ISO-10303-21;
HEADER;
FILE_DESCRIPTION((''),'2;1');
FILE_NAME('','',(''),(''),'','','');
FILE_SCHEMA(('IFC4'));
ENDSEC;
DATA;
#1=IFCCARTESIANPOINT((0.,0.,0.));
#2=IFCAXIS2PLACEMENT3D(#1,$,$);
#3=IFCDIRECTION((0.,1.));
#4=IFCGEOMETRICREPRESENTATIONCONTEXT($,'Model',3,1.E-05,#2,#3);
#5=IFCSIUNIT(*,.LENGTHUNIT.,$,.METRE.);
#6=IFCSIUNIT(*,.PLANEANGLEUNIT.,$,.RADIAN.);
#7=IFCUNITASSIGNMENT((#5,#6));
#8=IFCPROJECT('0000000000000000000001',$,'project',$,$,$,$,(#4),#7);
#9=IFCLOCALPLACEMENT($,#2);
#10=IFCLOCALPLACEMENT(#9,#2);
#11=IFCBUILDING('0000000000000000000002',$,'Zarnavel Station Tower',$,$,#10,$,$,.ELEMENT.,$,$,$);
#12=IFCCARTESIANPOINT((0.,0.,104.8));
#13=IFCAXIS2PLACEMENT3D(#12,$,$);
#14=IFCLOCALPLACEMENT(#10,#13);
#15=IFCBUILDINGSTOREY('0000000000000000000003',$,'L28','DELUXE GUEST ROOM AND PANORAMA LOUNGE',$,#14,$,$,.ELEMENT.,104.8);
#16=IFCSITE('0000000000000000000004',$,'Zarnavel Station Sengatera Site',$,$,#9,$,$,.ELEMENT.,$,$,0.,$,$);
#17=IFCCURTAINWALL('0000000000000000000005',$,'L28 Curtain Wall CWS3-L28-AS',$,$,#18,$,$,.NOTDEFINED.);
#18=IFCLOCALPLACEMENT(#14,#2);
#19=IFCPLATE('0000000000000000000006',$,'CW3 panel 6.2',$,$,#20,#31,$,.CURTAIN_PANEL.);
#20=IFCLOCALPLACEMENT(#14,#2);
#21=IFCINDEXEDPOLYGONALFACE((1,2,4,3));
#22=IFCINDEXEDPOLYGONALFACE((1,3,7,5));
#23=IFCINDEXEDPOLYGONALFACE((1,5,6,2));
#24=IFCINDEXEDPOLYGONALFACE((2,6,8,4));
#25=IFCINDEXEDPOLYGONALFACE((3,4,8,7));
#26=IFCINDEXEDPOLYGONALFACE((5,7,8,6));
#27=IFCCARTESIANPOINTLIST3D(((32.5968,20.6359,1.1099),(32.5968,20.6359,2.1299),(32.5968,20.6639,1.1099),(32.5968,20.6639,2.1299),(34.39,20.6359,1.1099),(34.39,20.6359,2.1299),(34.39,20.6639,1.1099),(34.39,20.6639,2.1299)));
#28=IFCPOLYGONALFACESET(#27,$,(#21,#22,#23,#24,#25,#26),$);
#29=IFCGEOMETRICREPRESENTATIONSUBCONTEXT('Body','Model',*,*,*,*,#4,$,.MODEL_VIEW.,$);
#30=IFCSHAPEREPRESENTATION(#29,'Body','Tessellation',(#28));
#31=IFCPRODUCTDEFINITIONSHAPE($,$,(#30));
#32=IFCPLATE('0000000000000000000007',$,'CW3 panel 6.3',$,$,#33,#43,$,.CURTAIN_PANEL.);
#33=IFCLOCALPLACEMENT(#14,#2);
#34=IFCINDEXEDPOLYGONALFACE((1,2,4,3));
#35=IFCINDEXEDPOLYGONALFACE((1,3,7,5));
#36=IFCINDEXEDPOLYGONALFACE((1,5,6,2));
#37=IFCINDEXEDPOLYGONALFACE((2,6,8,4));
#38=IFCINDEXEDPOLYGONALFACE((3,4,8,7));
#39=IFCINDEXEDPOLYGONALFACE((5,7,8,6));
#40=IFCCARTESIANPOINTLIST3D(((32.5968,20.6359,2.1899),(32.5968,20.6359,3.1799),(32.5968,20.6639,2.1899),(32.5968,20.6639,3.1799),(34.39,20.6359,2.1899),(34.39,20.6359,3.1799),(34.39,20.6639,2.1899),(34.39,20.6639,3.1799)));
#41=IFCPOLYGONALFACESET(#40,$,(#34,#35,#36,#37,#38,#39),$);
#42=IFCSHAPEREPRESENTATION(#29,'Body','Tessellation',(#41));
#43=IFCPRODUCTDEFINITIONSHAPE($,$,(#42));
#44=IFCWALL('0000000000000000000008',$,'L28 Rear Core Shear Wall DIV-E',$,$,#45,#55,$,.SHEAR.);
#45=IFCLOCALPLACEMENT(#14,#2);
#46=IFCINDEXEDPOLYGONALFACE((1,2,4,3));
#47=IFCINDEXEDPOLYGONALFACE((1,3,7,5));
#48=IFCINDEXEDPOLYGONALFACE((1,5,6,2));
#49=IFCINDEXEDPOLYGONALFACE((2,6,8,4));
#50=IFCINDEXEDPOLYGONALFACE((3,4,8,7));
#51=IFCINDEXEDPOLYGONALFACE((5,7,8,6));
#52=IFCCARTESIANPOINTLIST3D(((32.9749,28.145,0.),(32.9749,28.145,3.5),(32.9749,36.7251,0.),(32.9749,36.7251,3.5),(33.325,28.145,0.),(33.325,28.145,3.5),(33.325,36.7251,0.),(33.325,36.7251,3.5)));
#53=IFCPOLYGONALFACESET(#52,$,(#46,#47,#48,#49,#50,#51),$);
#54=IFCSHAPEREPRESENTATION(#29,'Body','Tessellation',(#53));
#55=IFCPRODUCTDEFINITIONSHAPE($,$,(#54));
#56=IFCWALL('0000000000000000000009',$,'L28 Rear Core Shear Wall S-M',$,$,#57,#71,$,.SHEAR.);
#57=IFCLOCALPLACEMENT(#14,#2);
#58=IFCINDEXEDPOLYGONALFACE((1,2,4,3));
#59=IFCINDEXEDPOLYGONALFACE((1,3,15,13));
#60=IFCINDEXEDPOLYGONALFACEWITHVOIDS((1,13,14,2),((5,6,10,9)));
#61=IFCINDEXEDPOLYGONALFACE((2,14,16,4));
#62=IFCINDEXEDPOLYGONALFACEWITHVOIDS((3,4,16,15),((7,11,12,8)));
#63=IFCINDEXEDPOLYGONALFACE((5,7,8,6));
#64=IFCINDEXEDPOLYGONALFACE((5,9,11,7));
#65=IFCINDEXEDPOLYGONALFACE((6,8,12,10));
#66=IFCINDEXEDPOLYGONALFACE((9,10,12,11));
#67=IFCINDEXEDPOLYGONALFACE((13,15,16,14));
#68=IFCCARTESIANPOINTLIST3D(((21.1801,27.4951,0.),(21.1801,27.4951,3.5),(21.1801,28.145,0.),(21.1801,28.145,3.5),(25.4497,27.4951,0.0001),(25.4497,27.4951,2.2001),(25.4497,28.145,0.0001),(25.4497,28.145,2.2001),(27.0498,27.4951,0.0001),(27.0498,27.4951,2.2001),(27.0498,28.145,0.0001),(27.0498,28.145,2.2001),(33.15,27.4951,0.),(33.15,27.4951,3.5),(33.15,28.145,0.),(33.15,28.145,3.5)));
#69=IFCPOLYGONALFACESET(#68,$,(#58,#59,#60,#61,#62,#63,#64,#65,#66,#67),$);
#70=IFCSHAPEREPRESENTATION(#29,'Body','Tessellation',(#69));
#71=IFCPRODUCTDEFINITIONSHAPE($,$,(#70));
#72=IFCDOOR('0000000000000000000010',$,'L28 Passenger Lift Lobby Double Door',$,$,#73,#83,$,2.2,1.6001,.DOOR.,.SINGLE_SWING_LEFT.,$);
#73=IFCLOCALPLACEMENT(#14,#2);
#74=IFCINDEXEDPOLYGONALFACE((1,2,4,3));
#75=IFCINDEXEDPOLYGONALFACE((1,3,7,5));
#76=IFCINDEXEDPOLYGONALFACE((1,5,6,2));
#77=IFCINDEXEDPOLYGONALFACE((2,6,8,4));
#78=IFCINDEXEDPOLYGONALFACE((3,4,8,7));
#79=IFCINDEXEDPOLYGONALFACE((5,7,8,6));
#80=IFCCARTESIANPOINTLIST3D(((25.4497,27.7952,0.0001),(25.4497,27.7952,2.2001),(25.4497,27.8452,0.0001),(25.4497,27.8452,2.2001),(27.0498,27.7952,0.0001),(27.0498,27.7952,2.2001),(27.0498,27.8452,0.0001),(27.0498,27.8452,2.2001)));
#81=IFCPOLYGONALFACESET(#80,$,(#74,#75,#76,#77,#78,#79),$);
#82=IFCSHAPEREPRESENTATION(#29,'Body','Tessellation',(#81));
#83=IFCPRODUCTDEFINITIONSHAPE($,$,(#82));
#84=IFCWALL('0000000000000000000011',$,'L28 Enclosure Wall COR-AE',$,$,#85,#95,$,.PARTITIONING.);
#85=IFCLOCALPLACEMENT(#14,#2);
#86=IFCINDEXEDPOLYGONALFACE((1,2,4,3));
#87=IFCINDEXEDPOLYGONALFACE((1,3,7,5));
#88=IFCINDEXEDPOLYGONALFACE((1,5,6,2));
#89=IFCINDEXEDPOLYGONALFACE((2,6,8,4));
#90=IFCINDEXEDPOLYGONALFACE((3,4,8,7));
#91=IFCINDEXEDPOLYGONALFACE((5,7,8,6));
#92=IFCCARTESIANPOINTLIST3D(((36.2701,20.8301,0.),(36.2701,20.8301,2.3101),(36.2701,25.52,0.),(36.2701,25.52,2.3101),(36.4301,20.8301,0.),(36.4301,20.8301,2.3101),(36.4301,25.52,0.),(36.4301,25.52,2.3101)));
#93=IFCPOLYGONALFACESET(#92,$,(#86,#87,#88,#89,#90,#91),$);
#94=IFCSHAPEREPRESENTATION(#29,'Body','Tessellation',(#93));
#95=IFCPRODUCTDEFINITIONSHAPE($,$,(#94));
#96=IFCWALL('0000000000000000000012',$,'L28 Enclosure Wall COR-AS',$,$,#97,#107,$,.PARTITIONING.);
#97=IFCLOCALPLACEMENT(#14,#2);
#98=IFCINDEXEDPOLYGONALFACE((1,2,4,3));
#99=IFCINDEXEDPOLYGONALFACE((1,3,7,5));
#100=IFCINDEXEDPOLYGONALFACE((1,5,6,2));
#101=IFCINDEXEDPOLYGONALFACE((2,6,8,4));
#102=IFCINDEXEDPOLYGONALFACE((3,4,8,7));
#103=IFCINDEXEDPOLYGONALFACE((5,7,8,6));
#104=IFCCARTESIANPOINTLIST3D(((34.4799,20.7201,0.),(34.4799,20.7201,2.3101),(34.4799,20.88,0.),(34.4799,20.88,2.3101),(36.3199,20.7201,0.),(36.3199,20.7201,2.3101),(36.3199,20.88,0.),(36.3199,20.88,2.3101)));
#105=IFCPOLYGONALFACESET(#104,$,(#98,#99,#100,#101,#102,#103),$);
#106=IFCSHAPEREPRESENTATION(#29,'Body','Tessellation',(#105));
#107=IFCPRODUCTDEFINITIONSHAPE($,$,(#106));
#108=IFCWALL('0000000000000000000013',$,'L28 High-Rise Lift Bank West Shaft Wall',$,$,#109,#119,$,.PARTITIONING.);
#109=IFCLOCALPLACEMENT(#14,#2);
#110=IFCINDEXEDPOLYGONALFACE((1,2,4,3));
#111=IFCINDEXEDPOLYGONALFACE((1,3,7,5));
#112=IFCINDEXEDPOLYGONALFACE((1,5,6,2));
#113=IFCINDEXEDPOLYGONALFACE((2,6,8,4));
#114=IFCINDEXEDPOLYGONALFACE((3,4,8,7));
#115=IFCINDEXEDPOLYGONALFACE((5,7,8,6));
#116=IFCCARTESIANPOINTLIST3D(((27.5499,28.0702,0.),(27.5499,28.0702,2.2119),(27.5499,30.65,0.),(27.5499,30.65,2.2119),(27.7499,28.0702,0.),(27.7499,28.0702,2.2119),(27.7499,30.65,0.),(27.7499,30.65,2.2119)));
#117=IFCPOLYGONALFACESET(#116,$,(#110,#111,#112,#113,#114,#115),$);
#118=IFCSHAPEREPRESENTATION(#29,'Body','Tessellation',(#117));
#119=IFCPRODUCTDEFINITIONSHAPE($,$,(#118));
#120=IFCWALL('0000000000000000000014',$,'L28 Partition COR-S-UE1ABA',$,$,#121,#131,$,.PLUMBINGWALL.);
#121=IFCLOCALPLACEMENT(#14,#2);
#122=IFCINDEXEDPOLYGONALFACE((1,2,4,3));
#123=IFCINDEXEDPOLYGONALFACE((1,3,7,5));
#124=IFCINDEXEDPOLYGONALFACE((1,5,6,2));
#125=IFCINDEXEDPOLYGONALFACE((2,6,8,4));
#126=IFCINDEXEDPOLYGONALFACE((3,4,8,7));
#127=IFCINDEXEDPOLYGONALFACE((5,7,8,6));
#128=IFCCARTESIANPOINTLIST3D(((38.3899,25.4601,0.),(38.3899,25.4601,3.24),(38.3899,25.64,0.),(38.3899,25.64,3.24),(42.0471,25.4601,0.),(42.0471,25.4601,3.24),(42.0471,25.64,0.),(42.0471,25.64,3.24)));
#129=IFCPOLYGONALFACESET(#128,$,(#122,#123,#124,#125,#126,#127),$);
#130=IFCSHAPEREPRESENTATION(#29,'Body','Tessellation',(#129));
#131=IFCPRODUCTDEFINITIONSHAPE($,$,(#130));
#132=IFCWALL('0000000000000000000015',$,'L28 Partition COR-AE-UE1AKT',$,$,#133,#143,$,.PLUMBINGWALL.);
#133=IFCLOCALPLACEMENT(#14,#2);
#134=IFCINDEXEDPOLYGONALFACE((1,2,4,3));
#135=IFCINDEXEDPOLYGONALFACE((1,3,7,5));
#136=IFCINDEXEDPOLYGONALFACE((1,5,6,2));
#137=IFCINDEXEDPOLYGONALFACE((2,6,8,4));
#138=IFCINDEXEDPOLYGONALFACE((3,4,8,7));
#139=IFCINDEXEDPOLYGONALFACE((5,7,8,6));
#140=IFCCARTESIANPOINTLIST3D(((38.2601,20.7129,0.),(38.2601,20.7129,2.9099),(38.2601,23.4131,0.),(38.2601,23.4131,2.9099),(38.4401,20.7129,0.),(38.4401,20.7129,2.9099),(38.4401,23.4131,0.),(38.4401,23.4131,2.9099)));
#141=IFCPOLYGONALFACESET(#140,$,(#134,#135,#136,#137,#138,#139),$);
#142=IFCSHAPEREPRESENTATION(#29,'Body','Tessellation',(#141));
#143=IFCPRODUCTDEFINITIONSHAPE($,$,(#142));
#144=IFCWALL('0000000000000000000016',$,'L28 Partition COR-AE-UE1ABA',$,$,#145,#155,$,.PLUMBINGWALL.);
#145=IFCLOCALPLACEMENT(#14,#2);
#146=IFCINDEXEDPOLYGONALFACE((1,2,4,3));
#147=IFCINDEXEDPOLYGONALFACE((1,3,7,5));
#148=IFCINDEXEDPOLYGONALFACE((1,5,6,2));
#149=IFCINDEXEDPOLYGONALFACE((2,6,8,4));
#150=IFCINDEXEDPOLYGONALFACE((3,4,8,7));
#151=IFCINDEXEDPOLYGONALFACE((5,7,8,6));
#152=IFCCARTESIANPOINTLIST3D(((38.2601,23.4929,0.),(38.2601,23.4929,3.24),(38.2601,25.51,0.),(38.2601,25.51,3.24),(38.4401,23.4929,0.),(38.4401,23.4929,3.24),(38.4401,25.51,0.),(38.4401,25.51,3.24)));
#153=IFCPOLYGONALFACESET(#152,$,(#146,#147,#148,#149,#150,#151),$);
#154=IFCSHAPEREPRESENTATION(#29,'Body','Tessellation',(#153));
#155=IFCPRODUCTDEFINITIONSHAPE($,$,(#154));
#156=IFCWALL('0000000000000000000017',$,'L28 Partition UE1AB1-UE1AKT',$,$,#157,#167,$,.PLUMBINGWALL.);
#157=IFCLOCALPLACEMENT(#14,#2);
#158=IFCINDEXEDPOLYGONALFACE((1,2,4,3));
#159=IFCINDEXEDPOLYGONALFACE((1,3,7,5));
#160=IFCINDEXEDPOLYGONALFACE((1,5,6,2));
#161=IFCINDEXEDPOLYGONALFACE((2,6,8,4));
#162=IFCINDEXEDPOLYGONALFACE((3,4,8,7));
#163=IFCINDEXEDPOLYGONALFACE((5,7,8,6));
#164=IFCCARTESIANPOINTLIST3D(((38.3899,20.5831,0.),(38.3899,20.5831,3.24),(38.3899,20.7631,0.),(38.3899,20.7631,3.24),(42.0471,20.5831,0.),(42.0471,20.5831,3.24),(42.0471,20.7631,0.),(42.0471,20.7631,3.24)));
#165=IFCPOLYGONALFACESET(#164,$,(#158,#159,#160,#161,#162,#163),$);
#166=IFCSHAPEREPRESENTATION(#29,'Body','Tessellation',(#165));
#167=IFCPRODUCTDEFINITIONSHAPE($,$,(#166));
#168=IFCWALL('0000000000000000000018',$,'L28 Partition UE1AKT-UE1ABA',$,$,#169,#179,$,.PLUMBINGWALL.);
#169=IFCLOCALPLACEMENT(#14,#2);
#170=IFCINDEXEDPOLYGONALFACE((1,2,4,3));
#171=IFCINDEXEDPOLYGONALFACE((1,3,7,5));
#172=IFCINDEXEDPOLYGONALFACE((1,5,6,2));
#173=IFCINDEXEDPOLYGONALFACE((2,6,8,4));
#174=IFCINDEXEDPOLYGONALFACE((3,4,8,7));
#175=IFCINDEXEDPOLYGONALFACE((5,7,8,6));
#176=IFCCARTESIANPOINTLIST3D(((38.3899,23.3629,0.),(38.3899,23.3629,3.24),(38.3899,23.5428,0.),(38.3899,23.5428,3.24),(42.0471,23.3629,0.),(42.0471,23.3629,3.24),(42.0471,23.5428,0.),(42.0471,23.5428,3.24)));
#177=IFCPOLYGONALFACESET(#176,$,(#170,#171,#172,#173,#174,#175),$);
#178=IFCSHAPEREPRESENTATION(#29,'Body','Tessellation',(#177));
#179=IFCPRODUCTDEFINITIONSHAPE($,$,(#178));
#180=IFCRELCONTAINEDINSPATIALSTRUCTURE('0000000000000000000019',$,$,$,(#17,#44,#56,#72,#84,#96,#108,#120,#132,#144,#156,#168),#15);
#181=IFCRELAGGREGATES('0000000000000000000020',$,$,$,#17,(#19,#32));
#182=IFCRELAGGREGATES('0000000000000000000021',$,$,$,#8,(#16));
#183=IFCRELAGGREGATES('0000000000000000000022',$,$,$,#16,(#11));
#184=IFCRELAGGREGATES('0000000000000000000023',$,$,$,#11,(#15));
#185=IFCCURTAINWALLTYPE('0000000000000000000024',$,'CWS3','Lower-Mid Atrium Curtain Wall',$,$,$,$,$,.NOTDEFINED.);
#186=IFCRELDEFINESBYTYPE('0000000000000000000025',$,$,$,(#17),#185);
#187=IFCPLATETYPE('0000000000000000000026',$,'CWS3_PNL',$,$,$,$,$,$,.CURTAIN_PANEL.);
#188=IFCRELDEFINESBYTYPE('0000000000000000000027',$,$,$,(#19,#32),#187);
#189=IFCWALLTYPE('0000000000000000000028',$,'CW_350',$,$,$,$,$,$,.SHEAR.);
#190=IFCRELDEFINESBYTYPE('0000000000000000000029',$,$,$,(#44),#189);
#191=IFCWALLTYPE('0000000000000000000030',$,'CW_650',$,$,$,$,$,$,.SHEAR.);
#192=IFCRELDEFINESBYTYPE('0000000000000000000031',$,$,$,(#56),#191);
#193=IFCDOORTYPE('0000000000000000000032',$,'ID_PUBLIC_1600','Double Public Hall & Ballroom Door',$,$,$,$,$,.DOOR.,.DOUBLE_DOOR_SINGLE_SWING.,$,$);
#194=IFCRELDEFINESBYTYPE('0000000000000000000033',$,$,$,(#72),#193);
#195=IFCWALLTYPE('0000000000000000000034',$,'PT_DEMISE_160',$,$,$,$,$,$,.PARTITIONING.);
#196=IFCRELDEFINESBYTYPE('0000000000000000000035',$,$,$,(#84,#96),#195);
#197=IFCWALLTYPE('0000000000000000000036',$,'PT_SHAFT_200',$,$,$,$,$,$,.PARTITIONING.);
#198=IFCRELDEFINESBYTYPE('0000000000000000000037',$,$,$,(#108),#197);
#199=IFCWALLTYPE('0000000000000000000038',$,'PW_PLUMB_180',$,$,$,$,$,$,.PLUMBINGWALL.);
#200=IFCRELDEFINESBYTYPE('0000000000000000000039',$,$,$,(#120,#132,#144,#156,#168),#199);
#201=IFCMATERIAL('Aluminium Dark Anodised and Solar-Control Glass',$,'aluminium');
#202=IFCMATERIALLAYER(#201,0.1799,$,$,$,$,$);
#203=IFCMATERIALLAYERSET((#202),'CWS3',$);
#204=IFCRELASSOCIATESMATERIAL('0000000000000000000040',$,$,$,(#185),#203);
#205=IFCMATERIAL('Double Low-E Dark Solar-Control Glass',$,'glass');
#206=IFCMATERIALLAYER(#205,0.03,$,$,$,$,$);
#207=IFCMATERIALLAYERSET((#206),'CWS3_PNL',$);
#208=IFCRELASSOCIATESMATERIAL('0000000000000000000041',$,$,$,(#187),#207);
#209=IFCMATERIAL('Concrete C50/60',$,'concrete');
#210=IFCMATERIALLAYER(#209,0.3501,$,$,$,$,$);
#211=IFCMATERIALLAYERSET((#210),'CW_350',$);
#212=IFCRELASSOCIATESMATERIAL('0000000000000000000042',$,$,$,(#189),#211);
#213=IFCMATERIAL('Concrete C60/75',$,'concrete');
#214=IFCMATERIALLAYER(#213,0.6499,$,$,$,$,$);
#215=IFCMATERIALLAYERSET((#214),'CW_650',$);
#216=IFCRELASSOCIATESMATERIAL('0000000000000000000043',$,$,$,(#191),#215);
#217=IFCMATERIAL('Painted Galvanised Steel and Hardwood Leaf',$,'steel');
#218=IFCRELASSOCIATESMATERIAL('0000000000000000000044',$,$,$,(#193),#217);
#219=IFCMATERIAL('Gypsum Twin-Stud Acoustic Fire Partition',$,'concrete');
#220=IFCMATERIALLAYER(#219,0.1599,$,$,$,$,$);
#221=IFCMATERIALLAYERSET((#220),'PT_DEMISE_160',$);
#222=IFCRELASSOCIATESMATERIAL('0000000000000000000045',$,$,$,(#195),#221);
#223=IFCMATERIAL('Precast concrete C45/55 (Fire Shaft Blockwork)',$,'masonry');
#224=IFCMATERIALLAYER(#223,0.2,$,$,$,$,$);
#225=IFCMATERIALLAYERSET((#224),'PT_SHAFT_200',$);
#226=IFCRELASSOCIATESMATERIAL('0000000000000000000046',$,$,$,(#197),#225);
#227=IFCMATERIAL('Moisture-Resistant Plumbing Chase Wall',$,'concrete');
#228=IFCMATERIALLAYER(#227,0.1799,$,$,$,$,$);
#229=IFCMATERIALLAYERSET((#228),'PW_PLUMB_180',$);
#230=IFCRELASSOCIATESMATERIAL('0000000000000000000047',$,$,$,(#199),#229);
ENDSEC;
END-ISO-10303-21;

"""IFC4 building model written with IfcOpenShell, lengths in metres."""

from ifc_helpers import new_model, si_unit, direction, frame, frame_2d, origin, origin_2d, place, context, subcontext, project, spatial, rectangle, extrude, material, layer, layer_set, type_object, element, fill, aggregate, save


model = new_model("IFC4")

# Units and contexts
model_context = context("Model", 3, precision=1e-05, world=origin(), true_north=direction((0.0, 1.0)))
body_context = subcontext(model_context, "Body", "Model", "MODEL_VIEW")
ifc_project = project(units=[si_unit("LENGTHUNIT", "METRE"), si_unit("PLANEANGLEUNIT", "RADIAN")], contexts=[model_context])

# Site, building, storey
site_placement = place(None, origin())
site = spatial("IfcSite", under=ifc_project, at=site_placement, Name="Zarnavel Station Sengatera Site", CompositionType="ELEMENT", RefElevation=0.0)
building_placement = place(site_placement, origin())
building = spatial("IfcBuilding", under=site, at=building_placement, Name="Zarnavel Station Tower", CompositionType="ELEMENT")
storey_placement = place(building_placement, frame((0.0, 0.0, 104.8)))
storey = spatial("IfcBuildingStorey", under=building, at=storey_placement, Name="L28", Description="DELUXE GUEST ROOM AND PANORAMA LOUNGE", CompositionType="ELEMENT", Elevation=104.8)

# Curtain wall
ifc_material_1 = material(Name="Aluminium Dark Anodised and Solar-Control Glass", Category="aluminium")
ifc_layer_1 = layer(ifc_material_1, 0.1799)
ifc_layer_set_1 = layer_set([ifc_layer_1], Name="CWS3")
curtain_wall_type = type_object("IfcCurtainWallType", Name="CWS3", Description="Lower-Mid Atrium Curtain Wall", PredefinedType="NOTDEFINED", material=ifc_layer_set_1)
curtain_wall_placement = place(storey_placement, origin())
curtain_wall = element("IfcCurtainWall", 1, at=curtain_wall_placement, inside=storey, type_object=curtain_wall_type, Name="L28 Curtain Wall CWS3-L28-AS", PredefinedType="NOTDEFINED")

# Plates
ifc_material_2 = material(Name="Double Low-E Dark Solar-Control Glass", Category="glass")
ifc_layer_2 = layer(ifc_material_2, 0.03)
ifc_layer_set_2 = layer_set([ifc_layer_2], Name="CWS3_PNL")
plate_type = type_object("IfcPlateType", Name="CWS3_PNL", PredefinedType="CURTAIN_PANEL", material=ifc_layer_set_2)
plate_1_placement = place(storey_placement, frame((33.4934, 20.6499, 1.1099), z_axis=(0.0, 0.0, 1.0), x_axis=(1.0, 0.0, 0.0)))
plate_1 = element("IfcPlate", 2, at=plate_1_placement, type_object=plate_type, Name="CW3 panel 6.2", PredefinedType="CURTAIN_PANEL", context=body_context, shape_type="SweptSolid", body=[
    extrude(rectangle(XDim=1.7932, YDim=0.0281, at=origin_2d()), origin(), (0.0, 0.0, 1.0), 1.02),
])
plate_2_placement = place(storey_placement, frame((33.4934, 20.6499, 2.1899), z_axis=(0.0, 0.0, 1.0), x_axis=(1.0, 0.0, 0.0)))
plate_2 = element("IfcPlate", 3, at=plate_2_placement, type_object=plate_type, Name="CW3 panel 6.3", PredefinedType="CURTAIN_PANEL", context=body_context, shape_type="SweptSolid", body=[
    extrude(rectangle(XDim=1.7932, YDim=0.0281, at=origin_2d()), origin(), (0.0, 0.0, 1.0), 0.99),
])
aggregate(curtain_wall, [plate_1, plate_2])

# Wall
ifc_material_3 = material(Name="Concrete C50/60", Category="concrete")
ifc_layer_3 = layer(ifc_material_3, 0.3501)
ifc_layer_set_3 = layer_set([ifc_layer_3], Name="CW_350")
wall_type_1 = type_object("IfcWallType", Name="CW_350", PredefinedType="SHEAR", material=ifc_layer_set_3)
wall_1_placement = place(storey_placement, frame((33.1499, 28.145, 0.0), z_axis=(0.0, 0.0, 1.0), x_axis=(0.0, 1.0, 0.0)))
element("IfcWall", 4, at=wall_1_placement, inside=storey, type_object=wall_type_1, Name="L28 Rear Core Shear Wall DIV-E", PredefinedType="SHEAR", context=body_context, shape_type="SweptSolid", body=[
    extrude(rectangle(XDim=8.5801, YDim=0.3501, at=frame_2d((4.29, 0.0))), origin(), (0.0, 0.0, 1.0), 3.5),
])

# Wall, opening, door
ifc_material_4 = material(Name="Concrete C60/75", Category="concrete")
ifc_layer_4 = layer(ifc_material_4, 0.6499)
ifc_layer_set_4 = layer_set([ifc_layer_4], Name="CW_650")
wall_type_2 = type_object("IfcWallType", Name="CW_650", PredefinedType="SHEAR", material=ifc_layer_set_4)
wall_2_placement = place(storey_placement, frame((33.1499, 27.8201, 0.0), z_axis=(0.0, 0.0, 1.0), x_axis=(-1.0, 0.0, 0.0)))
wall_2 = element("IfcWall", 5, at=wall_2_placement, inside=storey, type_object=wall_type_2, Name="L28 Rear Core Shear Wall S-M", PredefinedType="SHEAR", context=body_context, shape_type="SweptSolid", body=[
    extrude(rectangle(XDim=11.97, YDim=0.6499, at=frame_2d((5.9849, 0.0))), origin(), (0.0, 0.0, 1.0), 3.5),
])
opening_placement = place(wall_2_placement, frame((6.1001, 0.0, 0.0)))
opening = element("IfcOpeningElement", 6, at=opening_placement, cuts=wall_2, PredefinedType="OPENING", context=body_context, shape_type="SweptSolid", body=[
    extrude(rectangle(XDim=1.6001, YDim=2.2, at=frame_2d((0.8, 1.1001))), frame((0.0, 0.335, 0.0), z_axis=(0.0, -1.0, 0.0), x_axis=(1.0, 0.0, 0.0)), (0.0, 0.0, 1.0), 0.6699),
])
ifc_material_5 = material(Name="Painted Galvanised Steel and Hardwood Leaf", Category="steel")
door_type = type_object("IfcDoorType", Name="ID_PUBLIC_1600", Description="Double Public Hall & Ballroom Door", OperationType="DOUBLE_DOOR_SINGLE_SWING", PredefinedType="DOOR", material=ifc_material_5)
door_placement = place(opening_placement, origin())
door = element("IfcDoor", 7, at=door_placement, inside=storey, type_object=door_type, Name="L28 Passenger Lift Lobby Double Door", OperationType="SINGLE_SWING_LEFT", OverallHeight=2.2, OverallWidth=1.6001, PredefinedType="DOOR", context=body_context, shape_type="SweptSolid", body=[
    extrude(rectangle(XDim=1.6001, YDim=2.2, at=frame_2d((0.8, 1.1001))), frame((0.0, 0.0249, 0.0), z_axis=(0.0, -1.0, 0.0), x_axis=(1.0, 0.0, 0.0)), (0.0, 0.0, 1.0), 0.05),
])
fill(opening, door)

# Walls
ifc_material_6 = material(Name="Gypsum Twin-Stud Acoustic Fire Partition", Category="concrete")
ifc_layer_5 = layer(ifc_material_6, 0.1599)
ifc_layer_set_5 = layer_set([ifc_layer_5], Name="PT_DEMISE_160")
wall_type_3 = type_object("IfcWallType", Name="PT_DEMISE_160", PredefinedType="PARTITIONING", material=ifc_layer_set_5)
wall_3_placement = place(storey_placement, frame((36.3501, 20.8301, 0.0), z_axis=(0.0, 0.0, 1.0), x_axis=(0.0, 1.0, 0.0)))
element("IfcWall", 8, at=wall_3_placement, inside=storey, type_object=wall_type_3, Name="L28 Enclosure Wall COR-AE", PredefinedType="PARTITIONING", context=body_context, shape_type="SweptSolid", body=[
    extrude(rectangle(XDim=4.6899, YDim=0.1599, at=frame_2d((2.345, 0.0))), origin(), (0.0, 0.0, 1.0), 2.3101),
])
wall_4_placement = place(storey_placement, frame((34.48, 20.8, 0.0), z_axis=(0.0, 0.0, 1.0), x_axis=(1.0, 0.0, 0.0)))
element("IfcWall", 9, at=wall_4_placement, inside=storey, type_object=wall_type_3, Name="L28 Enclosure Wall COR-AS", PredefinedType="PARTITIONING", context=body_context, shape_type="SweptSolid", body=[
    extrude(rectangle(XDim=1.8401, YDim=0.1599, at=frame_2d((0.9199, 0.0))), origin(), (0.0, 0.0, 1.0), 2.3101),
])
ifc_material_7 = material(Name="Precast concrete C45/55 (Fire Shaft Blockwork)", Category="masonry")
ifc_layer_6 = layer(ifc_material_7, 0.2)
ifc_layer_set_6 = layer_set([ifc_layer_6], Name="PT_SHAFT_200")
wall_type_4 = type_object("IfcWallType", Name="PT_SHAFT_200", PredefinedType="PARTITIONING", material=ifc_layer_set_6)
wall_5_placement = place(storey_placement, frame((27.6499, 28.0701, 0.0), z_axis=(0.0, 0.0, 1.0), x_axis=(0.0, 1.0, 0.0)))
element("IfcWall", 10, at=wall_5_placement, inside=storey, type_object=wall_type_4, Name="L28 High-Rise Lift Bank West Shaft Wall", PredefinedType="PARTITIONING", context=body_context, shape_type="SweptSolid", body=[
    extrude(rectangle(XDim=2.5798, YDim=0.2, at=frame_2d((1.29, 0.0))), origin(), (0.0, 0.0, 1.0), 2.2119),
])
ifc_material_8 = material(Name="Moisture-Resistant Plumbing Chase Wall", Category="concrete")
ifc_layer_7 = layer(ifc_material_8, 0.1799)
ifc_layer_set_7 = layer_set([ifc_layer_7], Name="PW_PLUMB_180")
wall_type_5 = type_object("IfcWallType", Name="PW_PLUMB_180", PredefinedType="PLUMBINGWALL", material=ifc_layer_set_7)
wall_6_placement = place(storey_placement, frame((38.3899, 25.55, 0.0), z_axis=(0.0, 0.0, 1.0), x_axis=(1.0, 0.0, 0.0)))
element("IfcWall", 11, at=wall_6_placement, inside=storey, type_object=wall_type_5, Name="L28 Partition COR-S-UE1ABA", PredefinedType="PLUMBINGWALL", context=body_context, shape_type="SweptSolid", body=[
    extrude(rectangle(XDim=3.6572, YDim=0.1799, at=frame_2d((1.8286, 0.0))), origin(), (0.0, 0.0, 1.0), 3.24),
])
wall_7_placement = place(storey_placement, frame((38.3501, 20.7129, 0.0), z_axis=(0.0, 0.0, 1.0), x_axis=(0.0, 1.0, 0.0)))
element("IfcWall", 12, at=wall_7_placement, inside=storey, type_object=wall_type_5, Name="L28 Partition COR-AE-UE1AKT", PredefinedType="PLUMBINGWALL", context=body_context, shape_type="SweptSolid", body=[
    extrude(rectangle(XDim=2.7002, YDim=0.1799, at=frame_2d((1.3501, 0.0))), origin(), (0.0, 0.0, 1.0), 2.9099),
])
wall_8_placement = place(storey_placement, frame((38.3501, 23.4929, 0.0), z_axis=(0.0, 0.0, 1.0), x_axis=(0.0, 1.0, 0.0)))
element("IfcWall", 13, at=wall_8_placement, inside=storey, type_object=wall_type_5, Name="L28 Partition COR-AE-UE1ABA", PredefinedType="PLUMBINGWALL", context=body_context, shape_type="SweptSolid", body=[
    extrude(rectangle(XDim=2.0171, YDim=0.1799, at=frame_2d((1.0085, 0.0))), origin(), (0.0, 0.0, 1.0), 3.24),
])
for number, where, z_axis, x_axis, name in (
    (14, (38.3899, 20.6731, 0.0), (0.0, 0.0, 1.0), (1.0, 0.0, 0.0), "L28 Partition UE1AB1-UE1AKT"),
    (15, (38.3899, 23.4529, 0.0), (0.0, 0.0, 1.0), (1.0, 0.0, 0.0), "L28 Partition UE1AKT-UE1ABA"),
):
    element("IfcWall", number, at=place(storey_placement, frame(where, z_axis=z_axis, x_axis=x_axis)), inside=storey, type_object=wall_type_5, Name=name, PredefinedType="PLUMBINGWALL", context=body_context, shape_type="SweptSolid", body=[
        extrude(rectangle(XDim=3.6572, YDim=0.1799, at=frame_2d((1.8286, 0.0))), origin(), (0.0, 0.0, 1.0), 3.24),
    ])

save(model, "model.ifc")
